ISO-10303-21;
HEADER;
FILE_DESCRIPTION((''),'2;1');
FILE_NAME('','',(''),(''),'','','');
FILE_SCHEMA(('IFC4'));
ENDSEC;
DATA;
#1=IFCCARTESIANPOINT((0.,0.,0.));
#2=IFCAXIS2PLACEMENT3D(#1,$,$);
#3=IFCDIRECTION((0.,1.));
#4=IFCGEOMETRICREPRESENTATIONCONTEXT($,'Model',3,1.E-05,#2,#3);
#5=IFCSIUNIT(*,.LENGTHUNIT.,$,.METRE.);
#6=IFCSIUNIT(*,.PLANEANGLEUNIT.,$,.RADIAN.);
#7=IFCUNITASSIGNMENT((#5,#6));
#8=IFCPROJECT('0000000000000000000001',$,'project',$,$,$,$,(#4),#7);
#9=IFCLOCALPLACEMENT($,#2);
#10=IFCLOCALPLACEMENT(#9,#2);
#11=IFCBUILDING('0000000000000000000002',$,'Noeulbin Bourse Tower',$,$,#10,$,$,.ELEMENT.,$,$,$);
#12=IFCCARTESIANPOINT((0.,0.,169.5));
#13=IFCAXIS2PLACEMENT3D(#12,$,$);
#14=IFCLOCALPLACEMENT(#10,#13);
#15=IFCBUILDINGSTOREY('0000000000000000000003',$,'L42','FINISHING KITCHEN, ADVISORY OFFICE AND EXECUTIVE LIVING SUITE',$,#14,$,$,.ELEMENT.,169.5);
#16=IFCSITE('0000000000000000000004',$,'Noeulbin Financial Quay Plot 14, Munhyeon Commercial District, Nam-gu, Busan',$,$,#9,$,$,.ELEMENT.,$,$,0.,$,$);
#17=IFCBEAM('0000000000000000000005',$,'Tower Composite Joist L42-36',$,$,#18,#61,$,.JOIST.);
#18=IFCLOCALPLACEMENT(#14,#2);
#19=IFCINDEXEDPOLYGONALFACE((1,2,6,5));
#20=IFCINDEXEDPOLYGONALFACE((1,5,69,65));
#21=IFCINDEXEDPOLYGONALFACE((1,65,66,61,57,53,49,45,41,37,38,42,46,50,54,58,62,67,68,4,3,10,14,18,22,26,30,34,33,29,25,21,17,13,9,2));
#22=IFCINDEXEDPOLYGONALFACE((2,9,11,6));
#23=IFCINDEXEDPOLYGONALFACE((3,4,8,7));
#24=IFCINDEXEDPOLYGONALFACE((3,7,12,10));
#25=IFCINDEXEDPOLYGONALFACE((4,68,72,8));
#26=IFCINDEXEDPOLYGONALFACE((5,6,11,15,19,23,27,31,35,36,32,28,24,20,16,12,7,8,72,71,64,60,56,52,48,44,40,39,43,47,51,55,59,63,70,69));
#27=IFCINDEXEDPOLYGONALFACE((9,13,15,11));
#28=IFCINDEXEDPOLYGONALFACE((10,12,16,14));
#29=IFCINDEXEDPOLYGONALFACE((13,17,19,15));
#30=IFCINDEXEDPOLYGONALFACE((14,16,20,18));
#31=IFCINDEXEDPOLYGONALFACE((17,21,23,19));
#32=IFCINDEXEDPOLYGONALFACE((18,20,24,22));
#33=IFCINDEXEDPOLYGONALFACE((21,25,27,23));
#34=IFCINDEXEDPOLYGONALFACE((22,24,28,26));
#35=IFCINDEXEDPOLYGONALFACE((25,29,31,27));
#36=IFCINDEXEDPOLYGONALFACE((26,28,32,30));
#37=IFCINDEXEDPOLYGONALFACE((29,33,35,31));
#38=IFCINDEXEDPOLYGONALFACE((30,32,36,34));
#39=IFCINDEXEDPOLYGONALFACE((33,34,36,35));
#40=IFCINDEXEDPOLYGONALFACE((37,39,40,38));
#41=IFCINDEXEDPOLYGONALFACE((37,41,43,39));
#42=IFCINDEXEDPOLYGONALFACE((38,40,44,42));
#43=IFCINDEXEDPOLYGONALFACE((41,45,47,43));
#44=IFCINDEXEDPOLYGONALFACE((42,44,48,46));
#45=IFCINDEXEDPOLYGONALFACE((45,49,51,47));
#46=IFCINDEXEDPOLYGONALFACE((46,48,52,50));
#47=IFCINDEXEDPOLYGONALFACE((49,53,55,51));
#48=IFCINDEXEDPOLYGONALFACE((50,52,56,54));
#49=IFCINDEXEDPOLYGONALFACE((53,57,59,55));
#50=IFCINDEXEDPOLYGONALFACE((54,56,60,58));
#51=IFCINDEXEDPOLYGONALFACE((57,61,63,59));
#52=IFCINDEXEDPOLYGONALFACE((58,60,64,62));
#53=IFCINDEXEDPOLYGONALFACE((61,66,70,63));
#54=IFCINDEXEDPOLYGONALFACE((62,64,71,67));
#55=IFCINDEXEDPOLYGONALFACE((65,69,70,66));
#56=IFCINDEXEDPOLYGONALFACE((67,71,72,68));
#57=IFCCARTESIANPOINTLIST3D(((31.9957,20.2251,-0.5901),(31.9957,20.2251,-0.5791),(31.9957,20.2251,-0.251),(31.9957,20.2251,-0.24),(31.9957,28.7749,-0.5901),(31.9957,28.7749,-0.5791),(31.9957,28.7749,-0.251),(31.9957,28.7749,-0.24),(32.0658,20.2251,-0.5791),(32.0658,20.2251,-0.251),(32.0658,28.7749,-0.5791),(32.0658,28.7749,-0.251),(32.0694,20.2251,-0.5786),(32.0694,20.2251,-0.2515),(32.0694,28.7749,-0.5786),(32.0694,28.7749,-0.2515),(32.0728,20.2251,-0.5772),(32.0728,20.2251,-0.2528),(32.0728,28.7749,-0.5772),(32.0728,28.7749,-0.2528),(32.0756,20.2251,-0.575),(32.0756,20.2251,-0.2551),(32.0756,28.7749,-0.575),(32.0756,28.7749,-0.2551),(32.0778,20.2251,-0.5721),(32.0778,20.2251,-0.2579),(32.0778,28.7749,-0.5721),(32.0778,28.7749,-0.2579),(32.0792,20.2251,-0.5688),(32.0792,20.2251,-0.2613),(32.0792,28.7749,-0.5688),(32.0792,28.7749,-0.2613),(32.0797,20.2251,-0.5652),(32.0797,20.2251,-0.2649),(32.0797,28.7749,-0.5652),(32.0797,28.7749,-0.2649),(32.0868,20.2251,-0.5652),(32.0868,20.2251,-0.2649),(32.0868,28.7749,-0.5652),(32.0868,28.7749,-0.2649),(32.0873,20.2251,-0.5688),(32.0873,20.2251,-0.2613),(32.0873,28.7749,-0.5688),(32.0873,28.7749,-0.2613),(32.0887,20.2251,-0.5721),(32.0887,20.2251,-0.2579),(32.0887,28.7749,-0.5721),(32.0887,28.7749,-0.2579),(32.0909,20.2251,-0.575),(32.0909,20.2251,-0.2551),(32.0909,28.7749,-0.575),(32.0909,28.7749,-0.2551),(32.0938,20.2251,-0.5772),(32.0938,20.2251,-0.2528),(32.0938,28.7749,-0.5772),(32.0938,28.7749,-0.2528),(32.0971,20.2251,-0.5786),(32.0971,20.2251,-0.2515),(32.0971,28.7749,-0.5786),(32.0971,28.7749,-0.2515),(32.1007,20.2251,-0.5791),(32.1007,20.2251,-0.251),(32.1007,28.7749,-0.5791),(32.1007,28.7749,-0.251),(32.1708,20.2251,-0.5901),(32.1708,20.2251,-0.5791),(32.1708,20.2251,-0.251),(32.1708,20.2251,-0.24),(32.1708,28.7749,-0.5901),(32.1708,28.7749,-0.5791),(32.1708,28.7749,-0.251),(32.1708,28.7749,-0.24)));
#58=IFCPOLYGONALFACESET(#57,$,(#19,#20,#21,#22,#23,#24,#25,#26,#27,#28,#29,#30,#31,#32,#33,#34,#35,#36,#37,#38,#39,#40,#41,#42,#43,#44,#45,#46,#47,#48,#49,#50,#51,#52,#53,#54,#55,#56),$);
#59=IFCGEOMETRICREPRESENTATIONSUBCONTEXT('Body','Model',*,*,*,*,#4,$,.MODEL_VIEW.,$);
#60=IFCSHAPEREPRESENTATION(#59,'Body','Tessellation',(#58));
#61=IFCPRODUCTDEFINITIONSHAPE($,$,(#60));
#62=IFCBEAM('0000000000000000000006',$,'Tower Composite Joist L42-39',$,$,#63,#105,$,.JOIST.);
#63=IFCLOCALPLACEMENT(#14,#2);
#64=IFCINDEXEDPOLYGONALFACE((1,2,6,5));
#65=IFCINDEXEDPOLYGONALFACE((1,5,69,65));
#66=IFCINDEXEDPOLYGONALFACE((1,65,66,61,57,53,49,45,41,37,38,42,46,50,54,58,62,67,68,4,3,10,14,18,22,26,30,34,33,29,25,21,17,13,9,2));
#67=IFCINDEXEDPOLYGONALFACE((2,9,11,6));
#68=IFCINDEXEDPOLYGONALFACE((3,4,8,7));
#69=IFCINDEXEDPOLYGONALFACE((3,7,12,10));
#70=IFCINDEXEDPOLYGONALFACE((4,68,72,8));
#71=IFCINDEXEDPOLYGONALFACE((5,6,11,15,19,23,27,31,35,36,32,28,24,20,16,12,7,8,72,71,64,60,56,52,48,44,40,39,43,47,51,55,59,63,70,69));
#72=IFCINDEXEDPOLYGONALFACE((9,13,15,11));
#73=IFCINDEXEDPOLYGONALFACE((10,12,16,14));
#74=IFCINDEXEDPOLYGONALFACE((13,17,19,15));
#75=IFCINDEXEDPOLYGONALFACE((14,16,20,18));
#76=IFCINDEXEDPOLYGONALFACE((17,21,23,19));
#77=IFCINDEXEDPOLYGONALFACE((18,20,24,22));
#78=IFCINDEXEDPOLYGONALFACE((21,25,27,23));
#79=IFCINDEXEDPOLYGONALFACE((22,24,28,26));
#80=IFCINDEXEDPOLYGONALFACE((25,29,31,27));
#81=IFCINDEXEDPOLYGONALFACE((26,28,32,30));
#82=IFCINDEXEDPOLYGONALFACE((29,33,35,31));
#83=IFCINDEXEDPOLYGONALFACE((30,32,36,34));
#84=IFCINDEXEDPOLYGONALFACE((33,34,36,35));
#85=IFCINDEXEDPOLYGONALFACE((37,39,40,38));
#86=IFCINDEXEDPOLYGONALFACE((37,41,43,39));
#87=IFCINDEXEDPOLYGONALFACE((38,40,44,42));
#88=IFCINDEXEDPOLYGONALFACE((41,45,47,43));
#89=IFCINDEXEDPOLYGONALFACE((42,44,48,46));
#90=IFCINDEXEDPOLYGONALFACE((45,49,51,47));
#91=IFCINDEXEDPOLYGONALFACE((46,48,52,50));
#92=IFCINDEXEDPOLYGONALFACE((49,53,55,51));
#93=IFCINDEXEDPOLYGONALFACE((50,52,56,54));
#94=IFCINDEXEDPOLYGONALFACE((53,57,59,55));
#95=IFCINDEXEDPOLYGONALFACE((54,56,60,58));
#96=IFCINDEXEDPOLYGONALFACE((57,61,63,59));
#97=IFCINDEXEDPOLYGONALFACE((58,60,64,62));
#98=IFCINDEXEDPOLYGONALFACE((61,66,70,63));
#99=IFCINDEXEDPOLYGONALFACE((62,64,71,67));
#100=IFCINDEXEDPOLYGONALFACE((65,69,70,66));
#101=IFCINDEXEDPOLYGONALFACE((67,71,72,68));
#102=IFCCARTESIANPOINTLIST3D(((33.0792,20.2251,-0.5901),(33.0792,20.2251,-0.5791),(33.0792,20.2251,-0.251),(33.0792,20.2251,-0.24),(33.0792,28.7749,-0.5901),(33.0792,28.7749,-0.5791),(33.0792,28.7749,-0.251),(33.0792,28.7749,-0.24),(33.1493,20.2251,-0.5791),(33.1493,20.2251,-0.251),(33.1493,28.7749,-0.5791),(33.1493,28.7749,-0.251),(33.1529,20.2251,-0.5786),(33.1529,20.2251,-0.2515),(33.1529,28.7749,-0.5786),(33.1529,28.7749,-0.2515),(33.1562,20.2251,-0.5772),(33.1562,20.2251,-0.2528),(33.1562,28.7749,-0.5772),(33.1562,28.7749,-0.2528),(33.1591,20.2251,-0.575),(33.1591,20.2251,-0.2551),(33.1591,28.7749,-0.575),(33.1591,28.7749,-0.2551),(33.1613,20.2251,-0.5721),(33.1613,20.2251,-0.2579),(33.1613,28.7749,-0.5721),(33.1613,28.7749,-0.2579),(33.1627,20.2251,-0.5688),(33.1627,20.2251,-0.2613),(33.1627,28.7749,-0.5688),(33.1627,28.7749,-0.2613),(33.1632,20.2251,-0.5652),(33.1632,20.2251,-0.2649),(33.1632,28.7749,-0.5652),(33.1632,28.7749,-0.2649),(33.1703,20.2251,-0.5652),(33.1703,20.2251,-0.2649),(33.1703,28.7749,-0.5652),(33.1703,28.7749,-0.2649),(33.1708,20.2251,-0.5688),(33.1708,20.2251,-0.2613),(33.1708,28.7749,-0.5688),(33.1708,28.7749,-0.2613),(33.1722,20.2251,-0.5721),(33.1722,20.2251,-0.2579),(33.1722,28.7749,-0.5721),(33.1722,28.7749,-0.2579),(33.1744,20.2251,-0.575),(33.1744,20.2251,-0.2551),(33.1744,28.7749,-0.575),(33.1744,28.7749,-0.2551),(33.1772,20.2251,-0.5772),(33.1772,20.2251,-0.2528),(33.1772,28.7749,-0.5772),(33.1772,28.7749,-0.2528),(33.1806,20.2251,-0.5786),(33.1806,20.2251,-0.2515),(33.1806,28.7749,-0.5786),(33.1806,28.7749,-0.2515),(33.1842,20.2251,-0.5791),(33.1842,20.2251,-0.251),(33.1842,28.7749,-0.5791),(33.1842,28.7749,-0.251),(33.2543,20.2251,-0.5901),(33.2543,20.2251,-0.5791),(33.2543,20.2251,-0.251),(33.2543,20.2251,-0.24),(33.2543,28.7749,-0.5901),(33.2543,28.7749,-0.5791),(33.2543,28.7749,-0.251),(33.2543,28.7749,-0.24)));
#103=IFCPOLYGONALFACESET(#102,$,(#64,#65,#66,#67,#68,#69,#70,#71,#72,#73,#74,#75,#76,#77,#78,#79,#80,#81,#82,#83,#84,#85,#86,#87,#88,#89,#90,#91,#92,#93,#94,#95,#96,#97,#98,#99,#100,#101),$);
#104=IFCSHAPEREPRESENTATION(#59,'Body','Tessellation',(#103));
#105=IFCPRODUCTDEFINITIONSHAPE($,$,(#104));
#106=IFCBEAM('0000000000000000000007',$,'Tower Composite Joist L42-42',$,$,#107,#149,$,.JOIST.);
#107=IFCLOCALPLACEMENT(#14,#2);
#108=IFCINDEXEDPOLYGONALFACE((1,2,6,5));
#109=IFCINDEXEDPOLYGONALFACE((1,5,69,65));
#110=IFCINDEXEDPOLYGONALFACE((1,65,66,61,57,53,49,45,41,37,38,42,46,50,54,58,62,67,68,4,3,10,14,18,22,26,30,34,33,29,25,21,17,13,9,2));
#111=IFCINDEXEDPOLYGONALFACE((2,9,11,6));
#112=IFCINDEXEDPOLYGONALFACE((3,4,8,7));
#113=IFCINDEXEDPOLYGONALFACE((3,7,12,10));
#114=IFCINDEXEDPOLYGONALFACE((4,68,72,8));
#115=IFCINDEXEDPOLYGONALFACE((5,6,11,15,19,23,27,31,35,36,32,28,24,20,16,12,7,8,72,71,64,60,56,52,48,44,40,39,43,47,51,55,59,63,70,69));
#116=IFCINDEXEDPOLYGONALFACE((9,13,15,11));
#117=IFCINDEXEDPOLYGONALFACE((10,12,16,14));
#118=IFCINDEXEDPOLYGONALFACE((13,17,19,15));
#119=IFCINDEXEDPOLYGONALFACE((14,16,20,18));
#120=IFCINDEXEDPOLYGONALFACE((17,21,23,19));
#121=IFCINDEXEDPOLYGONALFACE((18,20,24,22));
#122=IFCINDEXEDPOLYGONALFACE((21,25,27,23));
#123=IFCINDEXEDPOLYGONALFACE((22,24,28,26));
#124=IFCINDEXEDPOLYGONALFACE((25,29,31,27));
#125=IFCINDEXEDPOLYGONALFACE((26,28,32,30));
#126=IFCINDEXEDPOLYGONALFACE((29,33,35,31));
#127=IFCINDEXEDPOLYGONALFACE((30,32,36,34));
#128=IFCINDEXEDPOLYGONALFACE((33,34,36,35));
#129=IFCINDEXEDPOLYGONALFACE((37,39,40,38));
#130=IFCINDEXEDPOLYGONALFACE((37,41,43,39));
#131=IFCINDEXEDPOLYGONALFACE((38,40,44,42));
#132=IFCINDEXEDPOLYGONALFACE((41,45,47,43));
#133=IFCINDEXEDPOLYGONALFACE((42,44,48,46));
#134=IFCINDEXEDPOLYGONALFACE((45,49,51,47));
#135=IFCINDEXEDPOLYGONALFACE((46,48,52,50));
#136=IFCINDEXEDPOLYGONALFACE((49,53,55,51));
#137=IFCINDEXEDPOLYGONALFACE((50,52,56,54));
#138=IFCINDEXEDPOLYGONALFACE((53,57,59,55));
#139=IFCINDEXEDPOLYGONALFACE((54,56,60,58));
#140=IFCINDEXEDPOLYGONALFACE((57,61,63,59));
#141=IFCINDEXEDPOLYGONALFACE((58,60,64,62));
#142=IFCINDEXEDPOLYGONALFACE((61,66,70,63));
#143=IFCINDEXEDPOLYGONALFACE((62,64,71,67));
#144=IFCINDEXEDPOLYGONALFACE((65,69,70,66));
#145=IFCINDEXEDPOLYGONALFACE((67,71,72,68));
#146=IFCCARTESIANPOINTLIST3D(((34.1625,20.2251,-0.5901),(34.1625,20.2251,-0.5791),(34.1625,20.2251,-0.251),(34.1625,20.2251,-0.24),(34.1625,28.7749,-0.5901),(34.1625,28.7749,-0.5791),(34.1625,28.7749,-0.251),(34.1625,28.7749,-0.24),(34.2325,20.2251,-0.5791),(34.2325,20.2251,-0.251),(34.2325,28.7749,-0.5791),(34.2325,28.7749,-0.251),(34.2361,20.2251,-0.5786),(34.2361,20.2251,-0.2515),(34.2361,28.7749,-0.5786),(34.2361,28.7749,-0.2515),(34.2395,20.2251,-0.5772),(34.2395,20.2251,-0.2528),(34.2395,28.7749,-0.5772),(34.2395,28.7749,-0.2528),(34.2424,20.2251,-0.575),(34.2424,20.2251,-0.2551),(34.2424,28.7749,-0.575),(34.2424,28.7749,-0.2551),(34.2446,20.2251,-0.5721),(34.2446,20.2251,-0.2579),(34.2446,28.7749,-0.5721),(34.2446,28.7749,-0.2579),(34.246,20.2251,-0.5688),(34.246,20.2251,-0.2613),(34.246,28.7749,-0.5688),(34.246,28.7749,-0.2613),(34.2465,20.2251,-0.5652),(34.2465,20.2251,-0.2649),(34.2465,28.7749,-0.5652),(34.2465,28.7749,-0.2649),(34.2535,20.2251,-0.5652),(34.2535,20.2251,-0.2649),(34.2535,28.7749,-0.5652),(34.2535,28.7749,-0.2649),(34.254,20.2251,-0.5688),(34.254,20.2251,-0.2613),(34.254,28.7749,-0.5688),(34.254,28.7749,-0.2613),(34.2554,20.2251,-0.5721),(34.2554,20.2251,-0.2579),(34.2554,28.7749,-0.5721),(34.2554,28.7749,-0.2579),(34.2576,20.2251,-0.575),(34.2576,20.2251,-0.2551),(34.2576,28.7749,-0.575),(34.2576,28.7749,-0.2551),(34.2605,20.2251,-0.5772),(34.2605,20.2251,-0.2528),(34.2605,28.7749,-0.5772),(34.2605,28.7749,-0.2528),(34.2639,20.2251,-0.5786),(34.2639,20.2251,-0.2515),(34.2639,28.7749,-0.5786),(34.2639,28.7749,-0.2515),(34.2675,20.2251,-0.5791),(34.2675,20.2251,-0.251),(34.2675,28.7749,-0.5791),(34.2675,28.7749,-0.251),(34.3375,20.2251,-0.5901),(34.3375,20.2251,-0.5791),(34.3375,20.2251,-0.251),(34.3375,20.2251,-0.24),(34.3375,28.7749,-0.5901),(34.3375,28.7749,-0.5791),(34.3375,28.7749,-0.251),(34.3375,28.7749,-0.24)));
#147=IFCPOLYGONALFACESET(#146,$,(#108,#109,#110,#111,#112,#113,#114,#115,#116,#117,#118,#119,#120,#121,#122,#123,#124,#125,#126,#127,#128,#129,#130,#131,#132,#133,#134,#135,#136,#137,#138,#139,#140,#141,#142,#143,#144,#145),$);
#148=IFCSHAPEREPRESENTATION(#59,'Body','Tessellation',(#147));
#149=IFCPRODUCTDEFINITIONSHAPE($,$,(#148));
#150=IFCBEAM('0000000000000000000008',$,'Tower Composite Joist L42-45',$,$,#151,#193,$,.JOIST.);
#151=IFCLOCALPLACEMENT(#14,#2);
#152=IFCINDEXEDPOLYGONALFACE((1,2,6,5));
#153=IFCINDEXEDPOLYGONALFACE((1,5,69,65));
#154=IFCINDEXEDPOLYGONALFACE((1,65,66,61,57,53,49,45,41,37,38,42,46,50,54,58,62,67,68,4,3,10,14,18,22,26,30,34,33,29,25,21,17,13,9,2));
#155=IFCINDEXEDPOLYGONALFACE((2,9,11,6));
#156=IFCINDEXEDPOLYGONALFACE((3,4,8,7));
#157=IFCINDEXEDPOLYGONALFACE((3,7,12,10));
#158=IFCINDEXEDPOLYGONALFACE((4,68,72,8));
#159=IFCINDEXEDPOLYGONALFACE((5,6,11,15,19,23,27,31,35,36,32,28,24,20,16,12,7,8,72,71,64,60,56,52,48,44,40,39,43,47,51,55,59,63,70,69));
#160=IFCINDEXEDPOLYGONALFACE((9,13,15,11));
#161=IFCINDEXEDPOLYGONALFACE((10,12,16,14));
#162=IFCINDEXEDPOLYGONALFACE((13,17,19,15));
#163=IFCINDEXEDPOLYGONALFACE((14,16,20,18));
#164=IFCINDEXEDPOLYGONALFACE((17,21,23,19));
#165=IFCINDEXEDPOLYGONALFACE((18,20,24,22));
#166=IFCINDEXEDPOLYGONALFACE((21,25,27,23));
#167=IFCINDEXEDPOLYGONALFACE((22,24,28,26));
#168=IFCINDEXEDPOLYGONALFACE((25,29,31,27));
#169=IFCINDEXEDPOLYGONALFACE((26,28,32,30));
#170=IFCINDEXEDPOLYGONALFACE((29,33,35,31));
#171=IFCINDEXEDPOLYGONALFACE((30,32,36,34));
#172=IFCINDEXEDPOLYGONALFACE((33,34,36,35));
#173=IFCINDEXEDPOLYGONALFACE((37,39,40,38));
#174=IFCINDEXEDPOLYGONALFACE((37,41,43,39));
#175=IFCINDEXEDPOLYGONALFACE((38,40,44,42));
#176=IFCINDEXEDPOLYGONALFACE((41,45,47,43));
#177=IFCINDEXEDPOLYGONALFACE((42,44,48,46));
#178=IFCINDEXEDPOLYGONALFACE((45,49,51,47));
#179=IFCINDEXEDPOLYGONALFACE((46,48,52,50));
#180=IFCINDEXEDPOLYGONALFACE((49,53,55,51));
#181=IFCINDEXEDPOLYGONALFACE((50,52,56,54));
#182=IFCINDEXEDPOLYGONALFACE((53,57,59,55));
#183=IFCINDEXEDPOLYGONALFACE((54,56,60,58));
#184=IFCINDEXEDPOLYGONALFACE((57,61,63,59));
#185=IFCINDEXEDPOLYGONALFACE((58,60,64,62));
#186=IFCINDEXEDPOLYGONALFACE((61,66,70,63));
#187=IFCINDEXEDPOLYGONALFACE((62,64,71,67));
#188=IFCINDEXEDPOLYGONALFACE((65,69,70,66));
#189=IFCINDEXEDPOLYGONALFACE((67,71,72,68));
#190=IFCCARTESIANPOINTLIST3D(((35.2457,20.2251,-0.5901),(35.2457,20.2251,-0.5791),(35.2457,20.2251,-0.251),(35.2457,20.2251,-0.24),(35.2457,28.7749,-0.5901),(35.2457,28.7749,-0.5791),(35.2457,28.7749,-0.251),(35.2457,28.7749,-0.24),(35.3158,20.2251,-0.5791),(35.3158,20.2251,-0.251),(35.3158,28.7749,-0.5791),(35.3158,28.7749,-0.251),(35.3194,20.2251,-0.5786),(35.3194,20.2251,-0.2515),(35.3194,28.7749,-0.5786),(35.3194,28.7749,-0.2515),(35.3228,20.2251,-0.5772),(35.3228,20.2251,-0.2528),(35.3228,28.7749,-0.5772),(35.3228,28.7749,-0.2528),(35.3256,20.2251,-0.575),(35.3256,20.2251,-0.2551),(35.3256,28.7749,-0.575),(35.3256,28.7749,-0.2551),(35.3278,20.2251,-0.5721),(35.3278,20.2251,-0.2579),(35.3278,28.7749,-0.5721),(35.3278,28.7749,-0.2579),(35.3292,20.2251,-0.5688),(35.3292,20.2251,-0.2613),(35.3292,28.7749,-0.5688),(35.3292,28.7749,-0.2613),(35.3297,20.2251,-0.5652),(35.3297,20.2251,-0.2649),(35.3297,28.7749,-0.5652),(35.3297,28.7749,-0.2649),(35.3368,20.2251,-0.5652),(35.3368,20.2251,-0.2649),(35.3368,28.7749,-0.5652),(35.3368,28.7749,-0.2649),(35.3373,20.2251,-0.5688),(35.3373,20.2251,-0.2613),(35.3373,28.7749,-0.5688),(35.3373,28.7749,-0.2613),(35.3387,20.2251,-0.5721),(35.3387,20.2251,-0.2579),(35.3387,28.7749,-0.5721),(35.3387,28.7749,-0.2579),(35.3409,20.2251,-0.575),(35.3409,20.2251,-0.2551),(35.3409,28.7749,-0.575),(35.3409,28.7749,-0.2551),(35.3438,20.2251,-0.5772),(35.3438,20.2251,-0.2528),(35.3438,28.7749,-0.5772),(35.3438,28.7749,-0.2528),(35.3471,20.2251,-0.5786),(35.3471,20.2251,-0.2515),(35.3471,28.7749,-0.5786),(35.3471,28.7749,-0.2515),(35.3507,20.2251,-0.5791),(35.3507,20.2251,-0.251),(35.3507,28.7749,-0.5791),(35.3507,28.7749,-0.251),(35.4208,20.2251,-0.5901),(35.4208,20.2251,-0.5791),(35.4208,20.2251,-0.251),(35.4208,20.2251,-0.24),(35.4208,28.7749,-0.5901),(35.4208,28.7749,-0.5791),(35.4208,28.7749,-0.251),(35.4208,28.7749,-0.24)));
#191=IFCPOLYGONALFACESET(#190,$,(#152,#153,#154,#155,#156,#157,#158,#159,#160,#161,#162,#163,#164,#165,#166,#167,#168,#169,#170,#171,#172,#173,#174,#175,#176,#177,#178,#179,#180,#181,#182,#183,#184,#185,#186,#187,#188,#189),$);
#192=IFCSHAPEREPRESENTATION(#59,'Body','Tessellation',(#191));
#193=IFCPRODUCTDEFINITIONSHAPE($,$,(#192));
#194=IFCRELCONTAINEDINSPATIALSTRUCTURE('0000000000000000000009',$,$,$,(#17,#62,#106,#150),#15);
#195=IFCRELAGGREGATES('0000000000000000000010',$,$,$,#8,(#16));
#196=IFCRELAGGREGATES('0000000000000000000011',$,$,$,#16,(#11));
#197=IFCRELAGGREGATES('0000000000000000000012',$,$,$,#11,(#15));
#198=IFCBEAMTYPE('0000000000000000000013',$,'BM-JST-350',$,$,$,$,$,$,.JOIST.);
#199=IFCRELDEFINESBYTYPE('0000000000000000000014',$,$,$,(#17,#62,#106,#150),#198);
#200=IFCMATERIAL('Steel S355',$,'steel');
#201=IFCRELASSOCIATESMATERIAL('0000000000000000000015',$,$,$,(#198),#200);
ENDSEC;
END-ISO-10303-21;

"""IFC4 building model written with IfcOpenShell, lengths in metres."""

from ifc_helpers import new_model, si_unit, direction, frame, origin, origin_2d, place, context, subcontext, project, spatial, i_section, extrude, material, material_profile, profile_set, type_object, element, save


model = new_model("IFC4")

# Units and contexts
model_context = context("Model", 3, precision=1e-05, world=origin(), true_north=direction((0.0, 1.0)))
body_context = subcontext(model_context, "Body", "Model", "MODEL_VIEW")
ifc_project = project(units=[si_unit("LENGTHUNIT", "METRE"), si_unit("PLANEANGLEUNIT", "RADIAN")], contexts=[model_context])

# Site, building, storey
site_placement = place(None, origin())
site = spatial("IfcSite", under=ifc_project, at=site_placement, Name="Noeulbin Financial Quay Plot 14, Munhyeon Commercial District, Nam-gu, Busan", CompositionType="ELEMENT", RefElevation=0.0)
building_placement = place(site_placement, origin())
building = spatial("IfcBuilding", under=site, at=building_placement, Name="Noeulbin Bourse Tower", CompositionType="ELEMENT")
storey_placement = place(building_placement, frame((0.0, 0.0, 169.5)))
storey = spatial("IfcBuildingStorey", under=building, at=storey_placement, Name="L42", Description="FINISHING KITCHEN, ADVISORY OFFICE AND EXECUTIVE LIVING SUITE", CompositionType="ELEMENT", Elevation=169.5)

# Beams
ifc_material_1 = material(Name="Steel S355", Category="steel")
ifc_material_profile_1 = material_profile(ifc_material_1, i_section(OverallWidth=0.175, OverallDepth=0.3501, WebThickness=0.0071, FlangeThickness=0.011, FilletRadius=0.0139, at=origin_2d()), Name="H-350x175x7x11", Category="LoadBearing")
ifc_profile_set_1 = profile_set([ifc_material_profile_1], Name="Steel S355")
beam_type_1 = type_object("IfcBeamType", Name="BM-JST-350", PredefinedType="JOIST", material=ifc_profile_set_1)
for number, where, z_axis, x_axis, name in (
    (1, (32.0833, 20.2251, -0.415), (0.0, 1.0, 0.0), (-1.0, 0.0, 0.0), "Tower Composite Joist L42-36"),
    (2, (33.1667, 20.2251, -0.415), (0.0, 1.0, 0.0), (-1.0, 0.0, 0.0), "Tower Composite Joist L42-39"),
    (3, (34.25, 20.2251, -0.415), (0.0, 1.0, 0.0), (-1.0, 0.0, 0.0), "Tower Composite Joist L42-42"),
    (4, (35.3333, 20.2251, -0.415), (0.0, 1.0, 0.0), (-1.0, 0.0, 0.0), "Tower Composite Joist L42-45"),
):
    element("IfcBeam", number, at=place(storey_placement, frame(where, z_axis=z_axis, x_axis=x_axis)), inside=storey, type_object=beam_type_1, Name=name, PredefinedType="JOIST", context=body_context, shape_type="SweptSolid", body=[
        extrude(i_section(OverallWidth=0.175, OverallDepth=0.3501, WebThickness=0.0071, FlangeThickness=0.011, FilletRadius=0.0139, at=origin_2d()), origin(), (0.0, 0.0, 1.0), 8.5498),
    ])

save(model, "model.ifc")
